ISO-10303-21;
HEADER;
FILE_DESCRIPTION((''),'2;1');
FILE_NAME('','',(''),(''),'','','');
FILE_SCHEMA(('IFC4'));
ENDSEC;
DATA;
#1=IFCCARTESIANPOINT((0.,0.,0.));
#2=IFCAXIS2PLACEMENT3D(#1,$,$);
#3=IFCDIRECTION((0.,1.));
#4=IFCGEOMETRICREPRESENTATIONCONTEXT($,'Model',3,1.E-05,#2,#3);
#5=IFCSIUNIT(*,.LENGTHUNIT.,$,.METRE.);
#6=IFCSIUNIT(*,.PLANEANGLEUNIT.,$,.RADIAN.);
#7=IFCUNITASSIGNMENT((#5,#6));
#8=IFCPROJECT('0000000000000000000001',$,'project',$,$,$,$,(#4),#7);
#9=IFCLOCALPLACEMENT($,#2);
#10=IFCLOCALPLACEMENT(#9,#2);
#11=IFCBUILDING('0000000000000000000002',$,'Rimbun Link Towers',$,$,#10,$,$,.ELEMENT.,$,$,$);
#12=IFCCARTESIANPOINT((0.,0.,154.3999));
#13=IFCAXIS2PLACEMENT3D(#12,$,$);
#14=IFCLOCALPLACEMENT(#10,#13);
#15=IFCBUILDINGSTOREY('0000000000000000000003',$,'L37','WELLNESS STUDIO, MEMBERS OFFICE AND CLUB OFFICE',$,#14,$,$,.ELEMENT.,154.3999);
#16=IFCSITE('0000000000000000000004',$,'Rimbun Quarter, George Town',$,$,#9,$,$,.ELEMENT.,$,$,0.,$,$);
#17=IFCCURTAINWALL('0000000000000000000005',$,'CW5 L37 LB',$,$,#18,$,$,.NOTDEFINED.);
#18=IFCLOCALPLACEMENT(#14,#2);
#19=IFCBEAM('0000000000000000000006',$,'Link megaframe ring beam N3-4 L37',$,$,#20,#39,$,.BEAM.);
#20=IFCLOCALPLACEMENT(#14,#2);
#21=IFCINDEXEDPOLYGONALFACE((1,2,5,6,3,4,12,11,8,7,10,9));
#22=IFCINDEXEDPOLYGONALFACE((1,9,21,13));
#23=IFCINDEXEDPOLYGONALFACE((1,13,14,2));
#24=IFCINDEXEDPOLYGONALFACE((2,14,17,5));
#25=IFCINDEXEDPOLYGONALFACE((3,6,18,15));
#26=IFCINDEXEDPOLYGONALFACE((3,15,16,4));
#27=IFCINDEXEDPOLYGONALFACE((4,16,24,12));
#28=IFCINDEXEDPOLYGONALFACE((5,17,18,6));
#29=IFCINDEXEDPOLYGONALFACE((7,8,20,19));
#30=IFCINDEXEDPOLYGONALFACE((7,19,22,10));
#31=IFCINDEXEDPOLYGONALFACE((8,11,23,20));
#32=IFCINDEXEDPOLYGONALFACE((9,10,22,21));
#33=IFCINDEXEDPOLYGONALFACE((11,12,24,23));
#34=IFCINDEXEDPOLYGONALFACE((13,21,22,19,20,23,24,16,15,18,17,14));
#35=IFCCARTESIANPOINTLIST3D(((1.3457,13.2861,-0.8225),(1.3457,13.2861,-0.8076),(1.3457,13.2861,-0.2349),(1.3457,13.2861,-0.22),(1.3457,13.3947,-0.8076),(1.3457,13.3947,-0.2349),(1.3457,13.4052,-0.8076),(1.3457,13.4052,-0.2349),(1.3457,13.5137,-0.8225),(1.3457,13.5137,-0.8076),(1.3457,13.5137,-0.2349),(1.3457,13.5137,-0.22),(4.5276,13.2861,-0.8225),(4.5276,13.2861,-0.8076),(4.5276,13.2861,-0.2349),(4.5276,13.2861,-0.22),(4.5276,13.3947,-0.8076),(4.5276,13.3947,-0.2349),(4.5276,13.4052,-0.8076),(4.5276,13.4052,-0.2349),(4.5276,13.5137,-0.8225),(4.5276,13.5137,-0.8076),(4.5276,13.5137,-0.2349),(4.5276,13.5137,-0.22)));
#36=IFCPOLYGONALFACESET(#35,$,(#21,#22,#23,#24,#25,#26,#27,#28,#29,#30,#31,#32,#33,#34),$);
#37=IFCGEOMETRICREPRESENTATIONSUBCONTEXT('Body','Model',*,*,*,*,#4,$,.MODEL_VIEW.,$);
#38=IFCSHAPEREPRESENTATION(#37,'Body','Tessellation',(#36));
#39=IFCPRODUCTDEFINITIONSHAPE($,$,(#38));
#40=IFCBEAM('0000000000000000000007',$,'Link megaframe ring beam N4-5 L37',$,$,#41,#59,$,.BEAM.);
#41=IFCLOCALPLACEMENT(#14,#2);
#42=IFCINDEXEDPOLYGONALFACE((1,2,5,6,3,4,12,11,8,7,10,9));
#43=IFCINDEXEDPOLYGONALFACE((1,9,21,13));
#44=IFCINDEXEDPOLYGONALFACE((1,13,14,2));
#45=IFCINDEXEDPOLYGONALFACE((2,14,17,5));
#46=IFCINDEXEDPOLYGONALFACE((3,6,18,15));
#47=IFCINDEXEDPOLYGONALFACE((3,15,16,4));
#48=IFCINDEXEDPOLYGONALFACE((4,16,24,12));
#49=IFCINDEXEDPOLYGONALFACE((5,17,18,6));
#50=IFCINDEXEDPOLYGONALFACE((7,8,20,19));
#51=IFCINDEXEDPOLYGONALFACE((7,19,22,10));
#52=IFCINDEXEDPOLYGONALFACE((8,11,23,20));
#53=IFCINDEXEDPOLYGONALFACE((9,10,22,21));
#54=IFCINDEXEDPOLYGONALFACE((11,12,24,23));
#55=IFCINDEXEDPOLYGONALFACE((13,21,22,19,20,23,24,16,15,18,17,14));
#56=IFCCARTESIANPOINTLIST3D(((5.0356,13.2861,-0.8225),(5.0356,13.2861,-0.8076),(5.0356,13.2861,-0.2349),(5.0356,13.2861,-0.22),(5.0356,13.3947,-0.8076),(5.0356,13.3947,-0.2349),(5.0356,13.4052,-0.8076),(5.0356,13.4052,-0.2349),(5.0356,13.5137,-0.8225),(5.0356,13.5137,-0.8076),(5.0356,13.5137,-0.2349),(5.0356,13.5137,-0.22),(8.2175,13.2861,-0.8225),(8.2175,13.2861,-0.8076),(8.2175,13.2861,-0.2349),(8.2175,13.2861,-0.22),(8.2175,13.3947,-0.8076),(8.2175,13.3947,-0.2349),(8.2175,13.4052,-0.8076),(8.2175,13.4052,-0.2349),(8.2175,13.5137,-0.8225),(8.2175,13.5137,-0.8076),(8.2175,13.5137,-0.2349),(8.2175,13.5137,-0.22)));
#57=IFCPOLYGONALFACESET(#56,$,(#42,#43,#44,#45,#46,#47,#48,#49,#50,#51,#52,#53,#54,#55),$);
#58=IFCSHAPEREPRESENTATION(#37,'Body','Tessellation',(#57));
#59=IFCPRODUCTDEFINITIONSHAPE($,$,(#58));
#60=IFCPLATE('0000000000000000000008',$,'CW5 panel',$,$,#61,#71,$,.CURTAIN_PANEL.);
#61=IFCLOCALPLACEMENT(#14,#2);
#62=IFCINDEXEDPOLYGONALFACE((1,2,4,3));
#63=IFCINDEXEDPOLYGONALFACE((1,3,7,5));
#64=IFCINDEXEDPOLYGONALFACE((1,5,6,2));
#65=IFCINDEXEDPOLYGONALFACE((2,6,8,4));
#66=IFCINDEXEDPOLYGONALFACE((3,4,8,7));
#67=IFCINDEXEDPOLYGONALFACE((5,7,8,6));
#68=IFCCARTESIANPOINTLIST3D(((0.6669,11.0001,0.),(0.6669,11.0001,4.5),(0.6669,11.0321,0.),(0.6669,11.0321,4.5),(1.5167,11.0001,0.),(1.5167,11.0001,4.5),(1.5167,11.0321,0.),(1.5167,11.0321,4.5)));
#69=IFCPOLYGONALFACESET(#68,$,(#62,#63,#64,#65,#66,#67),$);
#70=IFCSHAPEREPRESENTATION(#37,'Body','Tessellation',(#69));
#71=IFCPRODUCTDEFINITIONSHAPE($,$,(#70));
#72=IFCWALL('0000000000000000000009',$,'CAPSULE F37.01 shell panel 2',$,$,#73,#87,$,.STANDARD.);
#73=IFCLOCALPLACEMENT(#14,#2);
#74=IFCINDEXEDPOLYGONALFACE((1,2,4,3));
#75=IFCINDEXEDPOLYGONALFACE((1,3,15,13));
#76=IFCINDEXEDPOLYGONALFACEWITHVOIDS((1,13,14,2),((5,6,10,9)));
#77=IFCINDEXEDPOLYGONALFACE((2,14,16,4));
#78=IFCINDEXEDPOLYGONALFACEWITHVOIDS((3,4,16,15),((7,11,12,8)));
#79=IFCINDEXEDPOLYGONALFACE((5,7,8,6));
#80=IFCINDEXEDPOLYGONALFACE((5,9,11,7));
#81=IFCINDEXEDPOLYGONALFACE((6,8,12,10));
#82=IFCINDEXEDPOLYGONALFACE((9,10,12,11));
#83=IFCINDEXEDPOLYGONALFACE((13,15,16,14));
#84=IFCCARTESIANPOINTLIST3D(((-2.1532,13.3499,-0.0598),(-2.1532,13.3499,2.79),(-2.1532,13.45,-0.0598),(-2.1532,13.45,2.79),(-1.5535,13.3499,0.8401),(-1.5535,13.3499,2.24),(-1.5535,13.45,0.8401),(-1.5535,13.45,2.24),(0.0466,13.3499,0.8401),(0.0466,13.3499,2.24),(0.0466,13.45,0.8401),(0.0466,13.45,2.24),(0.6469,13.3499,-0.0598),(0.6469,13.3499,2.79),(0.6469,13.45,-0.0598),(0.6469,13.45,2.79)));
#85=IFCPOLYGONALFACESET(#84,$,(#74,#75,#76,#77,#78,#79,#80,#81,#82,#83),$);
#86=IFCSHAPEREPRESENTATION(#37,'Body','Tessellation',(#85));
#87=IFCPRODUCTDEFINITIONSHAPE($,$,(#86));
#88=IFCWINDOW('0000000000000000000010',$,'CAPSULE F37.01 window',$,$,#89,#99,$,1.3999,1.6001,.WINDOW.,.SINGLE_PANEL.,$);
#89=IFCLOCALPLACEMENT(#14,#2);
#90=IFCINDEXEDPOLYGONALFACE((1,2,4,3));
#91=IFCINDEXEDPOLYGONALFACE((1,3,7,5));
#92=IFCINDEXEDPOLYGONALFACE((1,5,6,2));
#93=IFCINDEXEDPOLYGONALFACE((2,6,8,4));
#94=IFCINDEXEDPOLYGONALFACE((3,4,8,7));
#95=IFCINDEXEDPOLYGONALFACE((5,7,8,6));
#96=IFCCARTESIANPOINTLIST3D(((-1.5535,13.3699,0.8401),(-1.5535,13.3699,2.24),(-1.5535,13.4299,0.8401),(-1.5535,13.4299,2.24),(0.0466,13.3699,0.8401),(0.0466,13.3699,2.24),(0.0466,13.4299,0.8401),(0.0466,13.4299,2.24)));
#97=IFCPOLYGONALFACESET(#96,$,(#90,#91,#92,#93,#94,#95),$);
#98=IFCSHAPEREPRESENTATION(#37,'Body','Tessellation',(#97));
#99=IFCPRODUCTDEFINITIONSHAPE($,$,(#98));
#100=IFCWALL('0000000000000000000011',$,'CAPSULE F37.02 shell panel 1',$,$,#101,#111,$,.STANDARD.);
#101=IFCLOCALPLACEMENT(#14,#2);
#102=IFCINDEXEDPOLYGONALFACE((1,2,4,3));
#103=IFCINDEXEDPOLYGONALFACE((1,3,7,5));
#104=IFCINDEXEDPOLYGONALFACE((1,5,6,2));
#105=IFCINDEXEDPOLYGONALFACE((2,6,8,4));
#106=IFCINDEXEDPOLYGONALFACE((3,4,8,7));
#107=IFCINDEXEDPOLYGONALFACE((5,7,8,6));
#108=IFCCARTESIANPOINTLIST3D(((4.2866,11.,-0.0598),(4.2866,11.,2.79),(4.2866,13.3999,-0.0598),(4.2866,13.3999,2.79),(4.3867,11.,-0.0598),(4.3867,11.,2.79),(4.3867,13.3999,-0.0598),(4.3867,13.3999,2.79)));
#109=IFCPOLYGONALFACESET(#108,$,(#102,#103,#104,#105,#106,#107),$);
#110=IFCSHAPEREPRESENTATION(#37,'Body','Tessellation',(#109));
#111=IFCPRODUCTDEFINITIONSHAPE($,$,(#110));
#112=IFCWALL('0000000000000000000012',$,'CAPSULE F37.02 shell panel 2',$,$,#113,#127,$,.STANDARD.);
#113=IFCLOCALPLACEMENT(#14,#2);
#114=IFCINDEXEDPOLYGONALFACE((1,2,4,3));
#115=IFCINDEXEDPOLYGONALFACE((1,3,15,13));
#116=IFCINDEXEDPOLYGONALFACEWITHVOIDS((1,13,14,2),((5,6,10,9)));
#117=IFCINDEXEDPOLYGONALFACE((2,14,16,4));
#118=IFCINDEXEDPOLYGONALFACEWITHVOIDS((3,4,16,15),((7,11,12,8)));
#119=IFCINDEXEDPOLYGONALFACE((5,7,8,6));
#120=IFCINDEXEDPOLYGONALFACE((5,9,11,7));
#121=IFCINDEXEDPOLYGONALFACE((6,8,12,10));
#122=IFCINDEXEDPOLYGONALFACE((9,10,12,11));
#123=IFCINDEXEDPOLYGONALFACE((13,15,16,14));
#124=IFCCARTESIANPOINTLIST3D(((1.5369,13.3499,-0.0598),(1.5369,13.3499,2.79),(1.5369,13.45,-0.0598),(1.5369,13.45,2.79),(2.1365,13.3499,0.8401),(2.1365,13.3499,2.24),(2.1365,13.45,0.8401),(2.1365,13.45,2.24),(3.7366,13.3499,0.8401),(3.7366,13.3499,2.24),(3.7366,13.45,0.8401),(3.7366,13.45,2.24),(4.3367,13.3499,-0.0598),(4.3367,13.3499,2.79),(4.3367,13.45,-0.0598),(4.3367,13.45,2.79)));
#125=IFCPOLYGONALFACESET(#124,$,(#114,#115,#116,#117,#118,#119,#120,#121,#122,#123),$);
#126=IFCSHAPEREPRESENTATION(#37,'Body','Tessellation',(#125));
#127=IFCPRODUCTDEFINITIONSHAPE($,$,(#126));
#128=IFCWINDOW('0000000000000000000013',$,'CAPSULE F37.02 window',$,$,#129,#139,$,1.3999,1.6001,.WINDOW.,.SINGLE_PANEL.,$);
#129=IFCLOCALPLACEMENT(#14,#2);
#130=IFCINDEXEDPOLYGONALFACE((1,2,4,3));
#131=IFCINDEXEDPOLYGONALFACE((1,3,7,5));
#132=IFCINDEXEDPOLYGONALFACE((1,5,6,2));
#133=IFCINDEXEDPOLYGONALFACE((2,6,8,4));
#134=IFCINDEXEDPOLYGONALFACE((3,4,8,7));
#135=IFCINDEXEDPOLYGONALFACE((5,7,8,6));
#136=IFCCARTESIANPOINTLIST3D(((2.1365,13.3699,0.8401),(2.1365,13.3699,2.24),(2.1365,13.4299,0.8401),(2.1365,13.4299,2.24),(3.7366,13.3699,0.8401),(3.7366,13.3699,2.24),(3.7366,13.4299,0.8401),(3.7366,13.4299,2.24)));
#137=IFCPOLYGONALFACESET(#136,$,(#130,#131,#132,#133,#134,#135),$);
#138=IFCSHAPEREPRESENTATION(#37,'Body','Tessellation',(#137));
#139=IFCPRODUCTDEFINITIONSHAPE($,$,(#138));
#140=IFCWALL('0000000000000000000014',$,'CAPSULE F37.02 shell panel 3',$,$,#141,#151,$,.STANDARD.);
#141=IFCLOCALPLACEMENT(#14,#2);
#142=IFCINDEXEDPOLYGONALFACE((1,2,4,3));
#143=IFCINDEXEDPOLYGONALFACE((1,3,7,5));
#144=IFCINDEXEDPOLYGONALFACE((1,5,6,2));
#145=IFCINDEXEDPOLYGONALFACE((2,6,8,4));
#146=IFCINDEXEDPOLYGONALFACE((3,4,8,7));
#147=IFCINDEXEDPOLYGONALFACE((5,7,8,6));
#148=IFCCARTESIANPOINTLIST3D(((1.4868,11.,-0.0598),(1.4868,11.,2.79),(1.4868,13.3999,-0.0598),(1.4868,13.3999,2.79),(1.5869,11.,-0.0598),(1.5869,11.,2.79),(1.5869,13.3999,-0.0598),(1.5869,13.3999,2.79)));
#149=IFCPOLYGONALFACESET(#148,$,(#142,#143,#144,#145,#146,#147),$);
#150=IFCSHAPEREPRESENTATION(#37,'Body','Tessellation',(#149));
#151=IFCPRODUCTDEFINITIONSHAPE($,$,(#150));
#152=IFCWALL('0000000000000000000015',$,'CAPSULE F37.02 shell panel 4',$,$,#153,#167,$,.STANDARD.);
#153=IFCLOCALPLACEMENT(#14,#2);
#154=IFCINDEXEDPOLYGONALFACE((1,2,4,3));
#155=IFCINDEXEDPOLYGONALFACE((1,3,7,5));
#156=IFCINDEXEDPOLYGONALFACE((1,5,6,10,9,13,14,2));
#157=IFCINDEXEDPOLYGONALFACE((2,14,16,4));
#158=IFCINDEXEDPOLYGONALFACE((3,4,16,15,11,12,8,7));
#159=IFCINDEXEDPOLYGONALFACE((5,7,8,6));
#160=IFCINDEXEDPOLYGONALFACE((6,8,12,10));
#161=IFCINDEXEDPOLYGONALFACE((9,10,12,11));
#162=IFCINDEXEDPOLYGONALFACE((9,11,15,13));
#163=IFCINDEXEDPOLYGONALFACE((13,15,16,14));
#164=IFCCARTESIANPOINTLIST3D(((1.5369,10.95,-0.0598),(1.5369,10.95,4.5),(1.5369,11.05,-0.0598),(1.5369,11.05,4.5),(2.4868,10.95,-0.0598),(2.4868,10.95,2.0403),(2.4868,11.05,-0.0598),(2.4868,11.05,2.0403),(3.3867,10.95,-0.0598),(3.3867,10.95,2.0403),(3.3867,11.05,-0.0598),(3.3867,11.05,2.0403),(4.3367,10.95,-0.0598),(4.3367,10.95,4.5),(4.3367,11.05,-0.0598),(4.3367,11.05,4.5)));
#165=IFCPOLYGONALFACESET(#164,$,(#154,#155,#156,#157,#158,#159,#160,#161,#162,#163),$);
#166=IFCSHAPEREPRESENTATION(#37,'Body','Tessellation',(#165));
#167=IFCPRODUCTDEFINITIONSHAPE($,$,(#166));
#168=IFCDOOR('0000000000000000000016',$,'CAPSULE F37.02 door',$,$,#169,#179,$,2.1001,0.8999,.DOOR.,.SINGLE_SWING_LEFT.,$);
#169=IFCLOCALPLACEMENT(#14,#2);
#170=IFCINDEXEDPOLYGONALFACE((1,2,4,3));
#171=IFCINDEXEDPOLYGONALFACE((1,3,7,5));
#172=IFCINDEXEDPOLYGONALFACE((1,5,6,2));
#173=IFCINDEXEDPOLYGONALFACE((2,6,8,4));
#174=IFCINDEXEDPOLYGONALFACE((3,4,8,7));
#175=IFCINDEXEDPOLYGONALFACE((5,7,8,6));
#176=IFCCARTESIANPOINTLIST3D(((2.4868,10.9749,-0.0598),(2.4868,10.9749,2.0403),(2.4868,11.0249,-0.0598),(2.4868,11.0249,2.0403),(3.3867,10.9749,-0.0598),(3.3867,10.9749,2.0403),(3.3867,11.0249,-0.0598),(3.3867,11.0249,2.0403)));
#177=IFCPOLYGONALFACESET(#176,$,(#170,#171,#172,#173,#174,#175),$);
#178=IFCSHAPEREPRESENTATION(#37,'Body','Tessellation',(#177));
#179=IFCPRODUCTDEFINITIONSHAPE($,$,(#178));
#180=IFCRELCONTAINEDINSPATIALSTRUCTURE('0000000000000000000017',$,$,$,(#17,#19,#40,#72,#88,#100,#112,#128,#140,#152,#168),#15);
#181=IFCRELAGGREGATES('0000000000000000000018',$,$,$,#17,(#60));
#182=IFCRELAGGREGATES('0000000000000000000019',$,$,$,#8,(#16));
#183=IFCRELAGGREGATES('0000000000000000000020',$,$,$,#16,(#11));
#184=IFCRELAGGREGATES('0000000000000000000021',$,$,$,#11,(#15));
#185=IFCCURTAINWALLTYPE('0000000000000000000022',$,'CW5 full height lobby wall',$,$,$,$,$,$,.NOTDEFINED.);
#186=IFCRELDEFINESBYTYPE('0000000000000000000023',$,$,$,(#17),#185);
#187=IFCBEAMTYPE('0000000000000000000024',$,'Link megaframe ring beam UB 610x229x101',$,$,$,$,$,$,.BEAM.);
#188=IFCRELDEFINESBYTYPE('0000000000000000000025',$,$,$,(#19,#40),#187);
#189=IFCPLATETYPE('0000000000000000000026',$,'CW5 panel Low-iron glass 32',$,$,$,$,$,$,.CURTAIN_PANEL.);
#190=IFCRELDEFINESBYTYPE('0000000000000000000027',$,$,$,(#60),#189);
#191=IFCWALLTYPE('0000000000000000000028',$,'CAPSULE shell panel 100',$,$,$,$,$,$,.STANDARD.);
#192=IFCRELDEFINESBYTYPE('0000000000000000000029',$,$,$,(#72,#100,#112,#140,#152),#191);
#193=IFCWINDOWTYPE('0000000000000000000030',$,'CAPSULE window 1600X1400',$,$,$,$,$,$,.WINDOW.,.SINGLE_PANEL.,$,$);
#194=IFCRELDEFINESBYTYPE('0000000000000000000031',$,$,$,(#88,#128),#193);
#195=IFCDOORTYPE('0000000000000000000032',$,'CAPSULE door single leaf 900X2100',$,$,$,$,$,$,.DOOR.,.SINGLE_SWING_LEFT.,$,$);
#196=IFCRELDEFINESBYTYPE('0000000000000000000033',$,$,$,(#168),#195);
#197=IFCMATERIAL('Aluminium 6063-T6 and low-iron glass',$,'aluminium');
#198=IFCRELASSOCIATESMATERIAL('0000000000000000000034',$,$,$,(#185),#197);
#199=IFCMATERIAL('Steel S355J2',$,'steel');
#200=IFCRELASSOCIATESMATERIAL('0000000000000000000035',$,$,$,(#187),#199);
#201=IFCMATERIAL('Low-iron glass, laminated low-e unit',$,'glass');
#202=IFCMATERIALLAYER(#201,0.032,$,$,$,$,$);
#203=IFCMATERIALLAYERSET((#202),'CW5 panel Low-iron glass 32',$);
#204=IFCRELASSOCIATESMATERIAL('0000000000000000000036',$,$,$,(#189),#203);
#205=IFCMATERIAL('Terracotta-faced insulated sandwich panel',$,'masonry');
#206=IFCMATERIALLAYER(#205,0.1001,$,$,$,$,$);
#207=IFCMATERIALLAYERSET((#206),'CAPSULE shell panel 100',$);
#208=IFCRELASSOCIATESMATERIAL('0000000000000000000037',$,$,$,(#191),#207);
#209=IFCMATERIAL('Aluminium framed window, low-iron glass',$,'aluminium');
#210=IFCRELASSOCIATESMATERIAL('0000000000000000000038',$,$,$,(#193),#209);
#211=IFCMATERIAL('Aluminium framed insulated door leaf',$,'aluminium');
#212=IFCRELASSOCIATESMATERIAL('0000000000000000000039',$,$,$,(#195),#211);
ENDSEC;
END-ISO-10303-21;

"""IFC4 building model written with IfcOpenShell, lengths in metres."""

from ifc_helpers import new_model, si_unit, direction, frame, frame_2d, origin, origin_2d, place, context, subcontext, project, spatial, rectangle, i_section, extrude, material, layer, layer_set, material_profile, profile_set, type_object, element, fill, aggregate, save


model = new_model("IFC4")

# Units and contexts
model_context = context("Model", 3, precision=1e-05, world=origin(), true_north=direction((0.0, 1.0)))
body_context = subcontext(model_context, "Body", "Model", "MODEL_VIEW")
ifc_project = project(units=[si_unit("LENGTHUNIT", "METRE"), si_unit("PLANEANGLEUNIT", "RADIAN")], contexts=[model_context])

# Site, building, storey
site_placement = place(None, origin())
site = spatial("IfcSite", under=ifc_project, at=site_placement, Name="Rimbun Quarter, George Town", CompositionType="ELEMENT", RefElevation=0.0)
building_placement = place(site_placement, origin())
building = spatial("IfcBuilding", under=site, at=building_placement, Name="Rimbun Link Towers", CompositionType="ELEMENT")
storey_placement = place(building_placement, frame((0.0, 0.0, 154.3999)))
storey = spatial("IfcBuildingStorey", under=building, at=storey_placement, Name="L37", Description="WELLNESS STUDIO, MEMBERS OFFICE AND CLUB OFFICE", CompositionType="ELEMENT", Elevation=154.3999)

# Curtain wall
ifc_material_1 = material(Name="Aluminium 6063-T6 and low-iron glass", Category="aluminium")
curtain_wall_type = type_object("IfcCurtainWallType", Name="CW5 full height lobby wall", PredefinedType="NOTDEFINED", material=ifc_material_1)
curtain_wall_placement = place(storey_placement, origin())
curtain_wall = element("IfcCurtainWall", 1, at=curtain_wall_placement, inside=storey, type_object=curtain_wall_type, Name="CW5 L37 LB", PredefinedType="NOTDEFINED")

# Beams
ifc_material_2 = material(Name="Steel S355J2", Category="steel")
ifc_material_profile_1 = material_profile(ifc_material_2, i_section(OverallWidth=0.2275, OverallDepth=0.6025, WebThickness=0.0105, FlangeThickness=0.0149, at=origin_2d()), Name="UB 610x229x101")
ifc_profile_set_1 = profile_set([ifc_material_profile_1], Name="Steel S355J2")
beam_type_1 = type_object("IfcBeamType", Name="Link megaframe ring beam UB 610x229x101", PredefinedType="BEAM", material=ifc_profile_set_1)
for number, where, z_axis, x_axis, name in (
    (2, (1.3457, 13.3999, -0.5212), (1.0, 0.0, 0.0), (0.0, 1.0, 0.0), "Link megaframe ring beam N3-4 L37"),
    (3, (5.0356, 13.3999, -0.5212), (1.0, 0.0, 0.0), (0.0, 1.0, 0.0), "Link megaframe ring beam N4-5 L37"),
):
    element("IfcBeam", number, at=place(storey_placement, frame(where, z_axis=z_axis, x_axis=x_axis)), inside=storey, type_object=beam_type_1, Name=name, PredefinedType="BEAM", context=body_context, shape_type="SweptSolid", body=[
        extrude(i_section(OverallWidth=0.2275, OverallDepth=0.6025, WebThickness=0.0105, FlangeThickness=0.0149, at=origin_2d()), origin(), (0.0, 0.0, 1.0), 3.1819),
    ])

# Plate
ifc_material_3 = material(Name="Low-iron glass, laminated low-e unit", Category="glass")
ifc_layer_1 = layer(ifc_material_3, 0.032)
ifc_layer_set_1 = layer_set([ifc_layer_1], Name="CW5 panel Low-iron glass 32")
plate_type = type_object("IfcPlateType", Name="CW5 panel Low-iron glass 32", PredefinedType="CURTAIN_PANEL", material=ifc_layer_set_1)
plate_placement = place(storey_placement, frame((1.0918, 11.0161, 0.0), z_axis=(0.0, 0.0, 1.0), x_axis=(1.0, 0.0, 0.0)))
plate = element("IfcPlate", 4, at=plate_placement, type_object=plate_type, Name="CW5 panel", PredefinedType="CURTAIN_PANEL", context=body_context, shape_type="SweptSolid", body=[
    extrude(rectangle(XDim=0.8499, YDim=0.032, at=origin_2d()), origin(), (0.0, 0.0, 1.0), 4.5),
])
aggregate(curtain_wall, [plate])

# Wall, opening, window
ifc_material_4 = material(Name="Terracotta-faced insulated sandwich panel", Category="masonry")
ifc_layer_2 = layer(ifc_material_4, 0.1001)
ifc_layer_set_2 = layer_set([ifc_layer_2], Name="CAPSULE shell panel 100")
wall_type = type_object("IfcWallType", Name="CAPSULE shell panel 100", PredefinedType="STANDARD", material=ifc_layer_set_2)
wall_1_placement = place(storey_placement, frame((0.6467, 13.3999, -0.0598), z_axis=(0.0, 0.0, 1.0), x_axis=(-1.0, 0.0, 0.0)))
wall_1 = element("IfcWall", 5, at=wall_1_placement, inside=storey, type_object=wall_type, Name="CAPSULE F37.01 shell panel 2", PredefinedType="STANDARD", context=body_context, shape_type="SweptSolid", body=[
    extrude(rectangle(XDim=2.8, YDim=0.1001, at=frame_2d((1.3999, 0.0))), origin(), (0.0, 0.0, 1.0), 2.8499),
])
opening_1_placement = place(wall_1_placement, frame((0.6001, 0.0, 0.8999)))
opening_1 = element("IfcOpeningElement", 6, at=opening_1_placement, cuts=wall_1, PredefinedType="OPENING", context=body_context, shape_type="SweptSolid", body=[
    extrude(rectangle(XDim=1.6001, YDim=1.3999, at=frame_2d((0.8, 0.7))), frame((0.0, 0.0601, 0.0), z_axis=(0.0, -1.0, 0.0), x_axis=(1.0, 0.0, 0.0)), (0.0, 0.0, 1.0), 0.1201),
])
ifc_material_5 = material(Name="Aluminium framed window, low-iron glass", Category="aluminium")
window_type = type_object("IfcWindowType", Name="CAPSULE window 1600X1400", PartitioningType="SINGLE_PANEL", PredefinedType="WINDOW", material=ifc_material_5)
window_1_placement = place(opening_1_placement, origin())
window_1 = element("IfcWindow", 7, at=window_1_placement, inside=storey, type_object=window_type, Name="CAPSULE F37.01 window", OverallHeight=1.3999, OverallWidth=1.6001, PartitioningType="SINGLE_PANEL", PredefinedType="WINDOW", context=body_context, shape_type="SweptSolid", body=[
    extrude(rectangle(XDim=1.6001, YDim=1.3999, at=frame_2d((0.8, 0.7))), frame((0.0, 0.03, 0.0), z_axis=(0.0, -1.0, 0.0), x_axis=(1.0, 0.0, 0.0)), (0.0, 0.0, 1.0), 0.0601),
])
fill(opening_1, window_1)

# Wall
wall_2_placement = place(storey_placement, frame((4.3367, 11.0, -0.0598), z_axis=(0.0, 0.0, 1.0), x_axis=(0.0, 1.0, 0.0)))
element("IfcWall", 8, at=wall_2_placement, inside=storey, type_object=wall_type, Name="CAPSULE F37.02 shell panel 1", PredefinedType="STANDARD", context=body_context, shape_type="SweptSolid", body=[
    extrude(rectangle(XDim=2.3999, YDim=0.1001, at=frame_2d((1.2, 0.0))), origin(), (0.0, 0.0, 1.0), 2.8499),
])

# Wall, opening, window
wall_3_placement = place(storey_placement, frame((4.3367, 13.3999, -0.0598), z_axis=(0.0, 0.0, 1.0), x_axis=(-1.0, 0.0, 0.0)))
wall_3 = element("IfcWall", 9, at=wall_3_placement, inside=storey, type_object=wall_type, Name="CAPSULE F37.02 shell panel 2", PredefinedType="STANDARD", context=body_context, shape_type="SweptSolid", body=[
    extrude(rectangle(XDim=2.7998, YDim=0.1001, at=frame_2d((1.3999, 0.0))), origin(), (0.0, 0.0, 1.0), 2.8499),
])
opening_2_placement = place(wall_3_placement, frame((0.6001, 0.0, 0.8999)))
opening_2 = element("IfcOpeningElement", 10, at=opening_2_placement, cuts=wall_3, PredefinedType="OPENING", context=body_context, shape_type="SweptSolid", body=[
    extrude(rectangle(XDim=1.6001, YDim=1.3999, at=frame_2d((0.8, 0.7))), frame((0.0, 0.0601, 0.0), z_axis=(0.0, -1.0, 0.0), x_axis=(1.0, 0.0, 0.0)), (0.0, 0.0, 1.0), 0.1201),
])
window_2_placement = place(opening_2_placement, origin())
window_2 = element("IfcWindow", 11, at=window_2_placement, inside=storey, type_object=window_type, Name="CAPSULE F37.02 window", OverallHeight=1.3999, OverallWidth=1.6001, PartitioningType="SINGLE_PANEL", PredefinedType="WINDOW", context=body_context, shape_type="SweptSolid", body=[
    extrude(rectangle(XDim=1.6001, YDim=1.3999, at=frame_2d((0.8, 0.7))), frame((0.0, 0.03, 0.0), z_axis=(0.0, -1.0, 0.0), x_axis=(1.0, 0.0, 0.0)), (0.0, 0.0, 1.0), 0.0601),
])
fill(opening_2, window_2)

# Wall
wall_4_placement = place(storey_placement, frame((1.5369, 13.3999, -0.0598), z_axis=(0.0, 0.0, 1.0), x_axis=(0.0, -1.0, 0.0)))
element("IfcWall", 12, at=wall_4_placement, inside=storey, type_object=wall_type, Name="CAPSULE F37.02 shell panel 3", PredefinedType="STANDARD", context=body_context, shape_type="SweptSolid", body=[
    extrude(rectangle(XDim=2.3999, YDim=0.1001, at=frame_2d((1.2, 0.0))), origin(), (0.0, 0.0, 1.0), 2.8499),
])

# Wall, opening, door
wall_5_placement = place(storey_placement, frame((1.5369, 11.0, -0.0598), z_axis=(0.0, 0.0, 1.0), x_axis=(1.0, 0.0, 0.0)))
wall_5 = element("IfcWall", 13, at=wall_5_placement, inside=storey, type_object=wall_type, Name="CAPSULE F37.02 shell panel 4", PredefinedType="STANDARD", context=body_context, shape_type="SweptSolid", body=[
    extrude(rectangle(XDim=2.7998, YDim=0.1001, at=frame_2d((1.3999, 0.0))), origin(), (0.0, 0.0, 1.0), 4.5598),
])
opening_3_placement = place(wall_5_placement, frame((0.95, 0.0, 0.0)))
opening_3 = element("IfcOpeningElement", 14, at=opening_3_placement, cuts=wall_5, PredefinedType="OPENING", context=body_context, shape_type="SweptSolid", body=[
    extrude(rectangle(XDim=0.8999, YDim=2.1001, at=frame_2d((0.45, 1.05))), frame((0.0, 0.0601, 0.0), z_axis=(0.0, -1.0, 0.0), x_axis=(1.0, 0.0, 0.0)), (0.0, 0.0, 1.0), 0.1201),
])
ifc_material_6 = material(Name="Aluminium framed insulated door leaf", Category="aluminium")
door_type = type_object("IfcDoorType", Name="CAPSULE door single leaf 900X2100", OperationType="SINGLE_SWING_LEFT", PredefinedType="DOOR", material=ifc_material_6)
door_placement = place(opening_3_placement, origin())
door = element("IfcDoor", 15, at=door_placement, inside=storey, type_object=door_type, Name="CAPSULE F37.02 door", OperationType="SINGLE_SWING_LEFT", OverallHeight=2.1001, OverallWidth=0.8999, PredefinedType="DOOR", context=body_context, shape_type="SweptSolid", body=[
    extrude(rectangle(XDim=0.8999, YDim=2.1001, at=frame_2d((0.45, 1.05))), frame((0.0, 0.0249, 0.0), z_axis=(0.0, -1.0, 0.0), x_axis=(1.0, 0.0, 0.0)), (0.0, 0.0, 1.0), 0.05),
])
fill(opening_3, door)

save(model, "model.ifc")
